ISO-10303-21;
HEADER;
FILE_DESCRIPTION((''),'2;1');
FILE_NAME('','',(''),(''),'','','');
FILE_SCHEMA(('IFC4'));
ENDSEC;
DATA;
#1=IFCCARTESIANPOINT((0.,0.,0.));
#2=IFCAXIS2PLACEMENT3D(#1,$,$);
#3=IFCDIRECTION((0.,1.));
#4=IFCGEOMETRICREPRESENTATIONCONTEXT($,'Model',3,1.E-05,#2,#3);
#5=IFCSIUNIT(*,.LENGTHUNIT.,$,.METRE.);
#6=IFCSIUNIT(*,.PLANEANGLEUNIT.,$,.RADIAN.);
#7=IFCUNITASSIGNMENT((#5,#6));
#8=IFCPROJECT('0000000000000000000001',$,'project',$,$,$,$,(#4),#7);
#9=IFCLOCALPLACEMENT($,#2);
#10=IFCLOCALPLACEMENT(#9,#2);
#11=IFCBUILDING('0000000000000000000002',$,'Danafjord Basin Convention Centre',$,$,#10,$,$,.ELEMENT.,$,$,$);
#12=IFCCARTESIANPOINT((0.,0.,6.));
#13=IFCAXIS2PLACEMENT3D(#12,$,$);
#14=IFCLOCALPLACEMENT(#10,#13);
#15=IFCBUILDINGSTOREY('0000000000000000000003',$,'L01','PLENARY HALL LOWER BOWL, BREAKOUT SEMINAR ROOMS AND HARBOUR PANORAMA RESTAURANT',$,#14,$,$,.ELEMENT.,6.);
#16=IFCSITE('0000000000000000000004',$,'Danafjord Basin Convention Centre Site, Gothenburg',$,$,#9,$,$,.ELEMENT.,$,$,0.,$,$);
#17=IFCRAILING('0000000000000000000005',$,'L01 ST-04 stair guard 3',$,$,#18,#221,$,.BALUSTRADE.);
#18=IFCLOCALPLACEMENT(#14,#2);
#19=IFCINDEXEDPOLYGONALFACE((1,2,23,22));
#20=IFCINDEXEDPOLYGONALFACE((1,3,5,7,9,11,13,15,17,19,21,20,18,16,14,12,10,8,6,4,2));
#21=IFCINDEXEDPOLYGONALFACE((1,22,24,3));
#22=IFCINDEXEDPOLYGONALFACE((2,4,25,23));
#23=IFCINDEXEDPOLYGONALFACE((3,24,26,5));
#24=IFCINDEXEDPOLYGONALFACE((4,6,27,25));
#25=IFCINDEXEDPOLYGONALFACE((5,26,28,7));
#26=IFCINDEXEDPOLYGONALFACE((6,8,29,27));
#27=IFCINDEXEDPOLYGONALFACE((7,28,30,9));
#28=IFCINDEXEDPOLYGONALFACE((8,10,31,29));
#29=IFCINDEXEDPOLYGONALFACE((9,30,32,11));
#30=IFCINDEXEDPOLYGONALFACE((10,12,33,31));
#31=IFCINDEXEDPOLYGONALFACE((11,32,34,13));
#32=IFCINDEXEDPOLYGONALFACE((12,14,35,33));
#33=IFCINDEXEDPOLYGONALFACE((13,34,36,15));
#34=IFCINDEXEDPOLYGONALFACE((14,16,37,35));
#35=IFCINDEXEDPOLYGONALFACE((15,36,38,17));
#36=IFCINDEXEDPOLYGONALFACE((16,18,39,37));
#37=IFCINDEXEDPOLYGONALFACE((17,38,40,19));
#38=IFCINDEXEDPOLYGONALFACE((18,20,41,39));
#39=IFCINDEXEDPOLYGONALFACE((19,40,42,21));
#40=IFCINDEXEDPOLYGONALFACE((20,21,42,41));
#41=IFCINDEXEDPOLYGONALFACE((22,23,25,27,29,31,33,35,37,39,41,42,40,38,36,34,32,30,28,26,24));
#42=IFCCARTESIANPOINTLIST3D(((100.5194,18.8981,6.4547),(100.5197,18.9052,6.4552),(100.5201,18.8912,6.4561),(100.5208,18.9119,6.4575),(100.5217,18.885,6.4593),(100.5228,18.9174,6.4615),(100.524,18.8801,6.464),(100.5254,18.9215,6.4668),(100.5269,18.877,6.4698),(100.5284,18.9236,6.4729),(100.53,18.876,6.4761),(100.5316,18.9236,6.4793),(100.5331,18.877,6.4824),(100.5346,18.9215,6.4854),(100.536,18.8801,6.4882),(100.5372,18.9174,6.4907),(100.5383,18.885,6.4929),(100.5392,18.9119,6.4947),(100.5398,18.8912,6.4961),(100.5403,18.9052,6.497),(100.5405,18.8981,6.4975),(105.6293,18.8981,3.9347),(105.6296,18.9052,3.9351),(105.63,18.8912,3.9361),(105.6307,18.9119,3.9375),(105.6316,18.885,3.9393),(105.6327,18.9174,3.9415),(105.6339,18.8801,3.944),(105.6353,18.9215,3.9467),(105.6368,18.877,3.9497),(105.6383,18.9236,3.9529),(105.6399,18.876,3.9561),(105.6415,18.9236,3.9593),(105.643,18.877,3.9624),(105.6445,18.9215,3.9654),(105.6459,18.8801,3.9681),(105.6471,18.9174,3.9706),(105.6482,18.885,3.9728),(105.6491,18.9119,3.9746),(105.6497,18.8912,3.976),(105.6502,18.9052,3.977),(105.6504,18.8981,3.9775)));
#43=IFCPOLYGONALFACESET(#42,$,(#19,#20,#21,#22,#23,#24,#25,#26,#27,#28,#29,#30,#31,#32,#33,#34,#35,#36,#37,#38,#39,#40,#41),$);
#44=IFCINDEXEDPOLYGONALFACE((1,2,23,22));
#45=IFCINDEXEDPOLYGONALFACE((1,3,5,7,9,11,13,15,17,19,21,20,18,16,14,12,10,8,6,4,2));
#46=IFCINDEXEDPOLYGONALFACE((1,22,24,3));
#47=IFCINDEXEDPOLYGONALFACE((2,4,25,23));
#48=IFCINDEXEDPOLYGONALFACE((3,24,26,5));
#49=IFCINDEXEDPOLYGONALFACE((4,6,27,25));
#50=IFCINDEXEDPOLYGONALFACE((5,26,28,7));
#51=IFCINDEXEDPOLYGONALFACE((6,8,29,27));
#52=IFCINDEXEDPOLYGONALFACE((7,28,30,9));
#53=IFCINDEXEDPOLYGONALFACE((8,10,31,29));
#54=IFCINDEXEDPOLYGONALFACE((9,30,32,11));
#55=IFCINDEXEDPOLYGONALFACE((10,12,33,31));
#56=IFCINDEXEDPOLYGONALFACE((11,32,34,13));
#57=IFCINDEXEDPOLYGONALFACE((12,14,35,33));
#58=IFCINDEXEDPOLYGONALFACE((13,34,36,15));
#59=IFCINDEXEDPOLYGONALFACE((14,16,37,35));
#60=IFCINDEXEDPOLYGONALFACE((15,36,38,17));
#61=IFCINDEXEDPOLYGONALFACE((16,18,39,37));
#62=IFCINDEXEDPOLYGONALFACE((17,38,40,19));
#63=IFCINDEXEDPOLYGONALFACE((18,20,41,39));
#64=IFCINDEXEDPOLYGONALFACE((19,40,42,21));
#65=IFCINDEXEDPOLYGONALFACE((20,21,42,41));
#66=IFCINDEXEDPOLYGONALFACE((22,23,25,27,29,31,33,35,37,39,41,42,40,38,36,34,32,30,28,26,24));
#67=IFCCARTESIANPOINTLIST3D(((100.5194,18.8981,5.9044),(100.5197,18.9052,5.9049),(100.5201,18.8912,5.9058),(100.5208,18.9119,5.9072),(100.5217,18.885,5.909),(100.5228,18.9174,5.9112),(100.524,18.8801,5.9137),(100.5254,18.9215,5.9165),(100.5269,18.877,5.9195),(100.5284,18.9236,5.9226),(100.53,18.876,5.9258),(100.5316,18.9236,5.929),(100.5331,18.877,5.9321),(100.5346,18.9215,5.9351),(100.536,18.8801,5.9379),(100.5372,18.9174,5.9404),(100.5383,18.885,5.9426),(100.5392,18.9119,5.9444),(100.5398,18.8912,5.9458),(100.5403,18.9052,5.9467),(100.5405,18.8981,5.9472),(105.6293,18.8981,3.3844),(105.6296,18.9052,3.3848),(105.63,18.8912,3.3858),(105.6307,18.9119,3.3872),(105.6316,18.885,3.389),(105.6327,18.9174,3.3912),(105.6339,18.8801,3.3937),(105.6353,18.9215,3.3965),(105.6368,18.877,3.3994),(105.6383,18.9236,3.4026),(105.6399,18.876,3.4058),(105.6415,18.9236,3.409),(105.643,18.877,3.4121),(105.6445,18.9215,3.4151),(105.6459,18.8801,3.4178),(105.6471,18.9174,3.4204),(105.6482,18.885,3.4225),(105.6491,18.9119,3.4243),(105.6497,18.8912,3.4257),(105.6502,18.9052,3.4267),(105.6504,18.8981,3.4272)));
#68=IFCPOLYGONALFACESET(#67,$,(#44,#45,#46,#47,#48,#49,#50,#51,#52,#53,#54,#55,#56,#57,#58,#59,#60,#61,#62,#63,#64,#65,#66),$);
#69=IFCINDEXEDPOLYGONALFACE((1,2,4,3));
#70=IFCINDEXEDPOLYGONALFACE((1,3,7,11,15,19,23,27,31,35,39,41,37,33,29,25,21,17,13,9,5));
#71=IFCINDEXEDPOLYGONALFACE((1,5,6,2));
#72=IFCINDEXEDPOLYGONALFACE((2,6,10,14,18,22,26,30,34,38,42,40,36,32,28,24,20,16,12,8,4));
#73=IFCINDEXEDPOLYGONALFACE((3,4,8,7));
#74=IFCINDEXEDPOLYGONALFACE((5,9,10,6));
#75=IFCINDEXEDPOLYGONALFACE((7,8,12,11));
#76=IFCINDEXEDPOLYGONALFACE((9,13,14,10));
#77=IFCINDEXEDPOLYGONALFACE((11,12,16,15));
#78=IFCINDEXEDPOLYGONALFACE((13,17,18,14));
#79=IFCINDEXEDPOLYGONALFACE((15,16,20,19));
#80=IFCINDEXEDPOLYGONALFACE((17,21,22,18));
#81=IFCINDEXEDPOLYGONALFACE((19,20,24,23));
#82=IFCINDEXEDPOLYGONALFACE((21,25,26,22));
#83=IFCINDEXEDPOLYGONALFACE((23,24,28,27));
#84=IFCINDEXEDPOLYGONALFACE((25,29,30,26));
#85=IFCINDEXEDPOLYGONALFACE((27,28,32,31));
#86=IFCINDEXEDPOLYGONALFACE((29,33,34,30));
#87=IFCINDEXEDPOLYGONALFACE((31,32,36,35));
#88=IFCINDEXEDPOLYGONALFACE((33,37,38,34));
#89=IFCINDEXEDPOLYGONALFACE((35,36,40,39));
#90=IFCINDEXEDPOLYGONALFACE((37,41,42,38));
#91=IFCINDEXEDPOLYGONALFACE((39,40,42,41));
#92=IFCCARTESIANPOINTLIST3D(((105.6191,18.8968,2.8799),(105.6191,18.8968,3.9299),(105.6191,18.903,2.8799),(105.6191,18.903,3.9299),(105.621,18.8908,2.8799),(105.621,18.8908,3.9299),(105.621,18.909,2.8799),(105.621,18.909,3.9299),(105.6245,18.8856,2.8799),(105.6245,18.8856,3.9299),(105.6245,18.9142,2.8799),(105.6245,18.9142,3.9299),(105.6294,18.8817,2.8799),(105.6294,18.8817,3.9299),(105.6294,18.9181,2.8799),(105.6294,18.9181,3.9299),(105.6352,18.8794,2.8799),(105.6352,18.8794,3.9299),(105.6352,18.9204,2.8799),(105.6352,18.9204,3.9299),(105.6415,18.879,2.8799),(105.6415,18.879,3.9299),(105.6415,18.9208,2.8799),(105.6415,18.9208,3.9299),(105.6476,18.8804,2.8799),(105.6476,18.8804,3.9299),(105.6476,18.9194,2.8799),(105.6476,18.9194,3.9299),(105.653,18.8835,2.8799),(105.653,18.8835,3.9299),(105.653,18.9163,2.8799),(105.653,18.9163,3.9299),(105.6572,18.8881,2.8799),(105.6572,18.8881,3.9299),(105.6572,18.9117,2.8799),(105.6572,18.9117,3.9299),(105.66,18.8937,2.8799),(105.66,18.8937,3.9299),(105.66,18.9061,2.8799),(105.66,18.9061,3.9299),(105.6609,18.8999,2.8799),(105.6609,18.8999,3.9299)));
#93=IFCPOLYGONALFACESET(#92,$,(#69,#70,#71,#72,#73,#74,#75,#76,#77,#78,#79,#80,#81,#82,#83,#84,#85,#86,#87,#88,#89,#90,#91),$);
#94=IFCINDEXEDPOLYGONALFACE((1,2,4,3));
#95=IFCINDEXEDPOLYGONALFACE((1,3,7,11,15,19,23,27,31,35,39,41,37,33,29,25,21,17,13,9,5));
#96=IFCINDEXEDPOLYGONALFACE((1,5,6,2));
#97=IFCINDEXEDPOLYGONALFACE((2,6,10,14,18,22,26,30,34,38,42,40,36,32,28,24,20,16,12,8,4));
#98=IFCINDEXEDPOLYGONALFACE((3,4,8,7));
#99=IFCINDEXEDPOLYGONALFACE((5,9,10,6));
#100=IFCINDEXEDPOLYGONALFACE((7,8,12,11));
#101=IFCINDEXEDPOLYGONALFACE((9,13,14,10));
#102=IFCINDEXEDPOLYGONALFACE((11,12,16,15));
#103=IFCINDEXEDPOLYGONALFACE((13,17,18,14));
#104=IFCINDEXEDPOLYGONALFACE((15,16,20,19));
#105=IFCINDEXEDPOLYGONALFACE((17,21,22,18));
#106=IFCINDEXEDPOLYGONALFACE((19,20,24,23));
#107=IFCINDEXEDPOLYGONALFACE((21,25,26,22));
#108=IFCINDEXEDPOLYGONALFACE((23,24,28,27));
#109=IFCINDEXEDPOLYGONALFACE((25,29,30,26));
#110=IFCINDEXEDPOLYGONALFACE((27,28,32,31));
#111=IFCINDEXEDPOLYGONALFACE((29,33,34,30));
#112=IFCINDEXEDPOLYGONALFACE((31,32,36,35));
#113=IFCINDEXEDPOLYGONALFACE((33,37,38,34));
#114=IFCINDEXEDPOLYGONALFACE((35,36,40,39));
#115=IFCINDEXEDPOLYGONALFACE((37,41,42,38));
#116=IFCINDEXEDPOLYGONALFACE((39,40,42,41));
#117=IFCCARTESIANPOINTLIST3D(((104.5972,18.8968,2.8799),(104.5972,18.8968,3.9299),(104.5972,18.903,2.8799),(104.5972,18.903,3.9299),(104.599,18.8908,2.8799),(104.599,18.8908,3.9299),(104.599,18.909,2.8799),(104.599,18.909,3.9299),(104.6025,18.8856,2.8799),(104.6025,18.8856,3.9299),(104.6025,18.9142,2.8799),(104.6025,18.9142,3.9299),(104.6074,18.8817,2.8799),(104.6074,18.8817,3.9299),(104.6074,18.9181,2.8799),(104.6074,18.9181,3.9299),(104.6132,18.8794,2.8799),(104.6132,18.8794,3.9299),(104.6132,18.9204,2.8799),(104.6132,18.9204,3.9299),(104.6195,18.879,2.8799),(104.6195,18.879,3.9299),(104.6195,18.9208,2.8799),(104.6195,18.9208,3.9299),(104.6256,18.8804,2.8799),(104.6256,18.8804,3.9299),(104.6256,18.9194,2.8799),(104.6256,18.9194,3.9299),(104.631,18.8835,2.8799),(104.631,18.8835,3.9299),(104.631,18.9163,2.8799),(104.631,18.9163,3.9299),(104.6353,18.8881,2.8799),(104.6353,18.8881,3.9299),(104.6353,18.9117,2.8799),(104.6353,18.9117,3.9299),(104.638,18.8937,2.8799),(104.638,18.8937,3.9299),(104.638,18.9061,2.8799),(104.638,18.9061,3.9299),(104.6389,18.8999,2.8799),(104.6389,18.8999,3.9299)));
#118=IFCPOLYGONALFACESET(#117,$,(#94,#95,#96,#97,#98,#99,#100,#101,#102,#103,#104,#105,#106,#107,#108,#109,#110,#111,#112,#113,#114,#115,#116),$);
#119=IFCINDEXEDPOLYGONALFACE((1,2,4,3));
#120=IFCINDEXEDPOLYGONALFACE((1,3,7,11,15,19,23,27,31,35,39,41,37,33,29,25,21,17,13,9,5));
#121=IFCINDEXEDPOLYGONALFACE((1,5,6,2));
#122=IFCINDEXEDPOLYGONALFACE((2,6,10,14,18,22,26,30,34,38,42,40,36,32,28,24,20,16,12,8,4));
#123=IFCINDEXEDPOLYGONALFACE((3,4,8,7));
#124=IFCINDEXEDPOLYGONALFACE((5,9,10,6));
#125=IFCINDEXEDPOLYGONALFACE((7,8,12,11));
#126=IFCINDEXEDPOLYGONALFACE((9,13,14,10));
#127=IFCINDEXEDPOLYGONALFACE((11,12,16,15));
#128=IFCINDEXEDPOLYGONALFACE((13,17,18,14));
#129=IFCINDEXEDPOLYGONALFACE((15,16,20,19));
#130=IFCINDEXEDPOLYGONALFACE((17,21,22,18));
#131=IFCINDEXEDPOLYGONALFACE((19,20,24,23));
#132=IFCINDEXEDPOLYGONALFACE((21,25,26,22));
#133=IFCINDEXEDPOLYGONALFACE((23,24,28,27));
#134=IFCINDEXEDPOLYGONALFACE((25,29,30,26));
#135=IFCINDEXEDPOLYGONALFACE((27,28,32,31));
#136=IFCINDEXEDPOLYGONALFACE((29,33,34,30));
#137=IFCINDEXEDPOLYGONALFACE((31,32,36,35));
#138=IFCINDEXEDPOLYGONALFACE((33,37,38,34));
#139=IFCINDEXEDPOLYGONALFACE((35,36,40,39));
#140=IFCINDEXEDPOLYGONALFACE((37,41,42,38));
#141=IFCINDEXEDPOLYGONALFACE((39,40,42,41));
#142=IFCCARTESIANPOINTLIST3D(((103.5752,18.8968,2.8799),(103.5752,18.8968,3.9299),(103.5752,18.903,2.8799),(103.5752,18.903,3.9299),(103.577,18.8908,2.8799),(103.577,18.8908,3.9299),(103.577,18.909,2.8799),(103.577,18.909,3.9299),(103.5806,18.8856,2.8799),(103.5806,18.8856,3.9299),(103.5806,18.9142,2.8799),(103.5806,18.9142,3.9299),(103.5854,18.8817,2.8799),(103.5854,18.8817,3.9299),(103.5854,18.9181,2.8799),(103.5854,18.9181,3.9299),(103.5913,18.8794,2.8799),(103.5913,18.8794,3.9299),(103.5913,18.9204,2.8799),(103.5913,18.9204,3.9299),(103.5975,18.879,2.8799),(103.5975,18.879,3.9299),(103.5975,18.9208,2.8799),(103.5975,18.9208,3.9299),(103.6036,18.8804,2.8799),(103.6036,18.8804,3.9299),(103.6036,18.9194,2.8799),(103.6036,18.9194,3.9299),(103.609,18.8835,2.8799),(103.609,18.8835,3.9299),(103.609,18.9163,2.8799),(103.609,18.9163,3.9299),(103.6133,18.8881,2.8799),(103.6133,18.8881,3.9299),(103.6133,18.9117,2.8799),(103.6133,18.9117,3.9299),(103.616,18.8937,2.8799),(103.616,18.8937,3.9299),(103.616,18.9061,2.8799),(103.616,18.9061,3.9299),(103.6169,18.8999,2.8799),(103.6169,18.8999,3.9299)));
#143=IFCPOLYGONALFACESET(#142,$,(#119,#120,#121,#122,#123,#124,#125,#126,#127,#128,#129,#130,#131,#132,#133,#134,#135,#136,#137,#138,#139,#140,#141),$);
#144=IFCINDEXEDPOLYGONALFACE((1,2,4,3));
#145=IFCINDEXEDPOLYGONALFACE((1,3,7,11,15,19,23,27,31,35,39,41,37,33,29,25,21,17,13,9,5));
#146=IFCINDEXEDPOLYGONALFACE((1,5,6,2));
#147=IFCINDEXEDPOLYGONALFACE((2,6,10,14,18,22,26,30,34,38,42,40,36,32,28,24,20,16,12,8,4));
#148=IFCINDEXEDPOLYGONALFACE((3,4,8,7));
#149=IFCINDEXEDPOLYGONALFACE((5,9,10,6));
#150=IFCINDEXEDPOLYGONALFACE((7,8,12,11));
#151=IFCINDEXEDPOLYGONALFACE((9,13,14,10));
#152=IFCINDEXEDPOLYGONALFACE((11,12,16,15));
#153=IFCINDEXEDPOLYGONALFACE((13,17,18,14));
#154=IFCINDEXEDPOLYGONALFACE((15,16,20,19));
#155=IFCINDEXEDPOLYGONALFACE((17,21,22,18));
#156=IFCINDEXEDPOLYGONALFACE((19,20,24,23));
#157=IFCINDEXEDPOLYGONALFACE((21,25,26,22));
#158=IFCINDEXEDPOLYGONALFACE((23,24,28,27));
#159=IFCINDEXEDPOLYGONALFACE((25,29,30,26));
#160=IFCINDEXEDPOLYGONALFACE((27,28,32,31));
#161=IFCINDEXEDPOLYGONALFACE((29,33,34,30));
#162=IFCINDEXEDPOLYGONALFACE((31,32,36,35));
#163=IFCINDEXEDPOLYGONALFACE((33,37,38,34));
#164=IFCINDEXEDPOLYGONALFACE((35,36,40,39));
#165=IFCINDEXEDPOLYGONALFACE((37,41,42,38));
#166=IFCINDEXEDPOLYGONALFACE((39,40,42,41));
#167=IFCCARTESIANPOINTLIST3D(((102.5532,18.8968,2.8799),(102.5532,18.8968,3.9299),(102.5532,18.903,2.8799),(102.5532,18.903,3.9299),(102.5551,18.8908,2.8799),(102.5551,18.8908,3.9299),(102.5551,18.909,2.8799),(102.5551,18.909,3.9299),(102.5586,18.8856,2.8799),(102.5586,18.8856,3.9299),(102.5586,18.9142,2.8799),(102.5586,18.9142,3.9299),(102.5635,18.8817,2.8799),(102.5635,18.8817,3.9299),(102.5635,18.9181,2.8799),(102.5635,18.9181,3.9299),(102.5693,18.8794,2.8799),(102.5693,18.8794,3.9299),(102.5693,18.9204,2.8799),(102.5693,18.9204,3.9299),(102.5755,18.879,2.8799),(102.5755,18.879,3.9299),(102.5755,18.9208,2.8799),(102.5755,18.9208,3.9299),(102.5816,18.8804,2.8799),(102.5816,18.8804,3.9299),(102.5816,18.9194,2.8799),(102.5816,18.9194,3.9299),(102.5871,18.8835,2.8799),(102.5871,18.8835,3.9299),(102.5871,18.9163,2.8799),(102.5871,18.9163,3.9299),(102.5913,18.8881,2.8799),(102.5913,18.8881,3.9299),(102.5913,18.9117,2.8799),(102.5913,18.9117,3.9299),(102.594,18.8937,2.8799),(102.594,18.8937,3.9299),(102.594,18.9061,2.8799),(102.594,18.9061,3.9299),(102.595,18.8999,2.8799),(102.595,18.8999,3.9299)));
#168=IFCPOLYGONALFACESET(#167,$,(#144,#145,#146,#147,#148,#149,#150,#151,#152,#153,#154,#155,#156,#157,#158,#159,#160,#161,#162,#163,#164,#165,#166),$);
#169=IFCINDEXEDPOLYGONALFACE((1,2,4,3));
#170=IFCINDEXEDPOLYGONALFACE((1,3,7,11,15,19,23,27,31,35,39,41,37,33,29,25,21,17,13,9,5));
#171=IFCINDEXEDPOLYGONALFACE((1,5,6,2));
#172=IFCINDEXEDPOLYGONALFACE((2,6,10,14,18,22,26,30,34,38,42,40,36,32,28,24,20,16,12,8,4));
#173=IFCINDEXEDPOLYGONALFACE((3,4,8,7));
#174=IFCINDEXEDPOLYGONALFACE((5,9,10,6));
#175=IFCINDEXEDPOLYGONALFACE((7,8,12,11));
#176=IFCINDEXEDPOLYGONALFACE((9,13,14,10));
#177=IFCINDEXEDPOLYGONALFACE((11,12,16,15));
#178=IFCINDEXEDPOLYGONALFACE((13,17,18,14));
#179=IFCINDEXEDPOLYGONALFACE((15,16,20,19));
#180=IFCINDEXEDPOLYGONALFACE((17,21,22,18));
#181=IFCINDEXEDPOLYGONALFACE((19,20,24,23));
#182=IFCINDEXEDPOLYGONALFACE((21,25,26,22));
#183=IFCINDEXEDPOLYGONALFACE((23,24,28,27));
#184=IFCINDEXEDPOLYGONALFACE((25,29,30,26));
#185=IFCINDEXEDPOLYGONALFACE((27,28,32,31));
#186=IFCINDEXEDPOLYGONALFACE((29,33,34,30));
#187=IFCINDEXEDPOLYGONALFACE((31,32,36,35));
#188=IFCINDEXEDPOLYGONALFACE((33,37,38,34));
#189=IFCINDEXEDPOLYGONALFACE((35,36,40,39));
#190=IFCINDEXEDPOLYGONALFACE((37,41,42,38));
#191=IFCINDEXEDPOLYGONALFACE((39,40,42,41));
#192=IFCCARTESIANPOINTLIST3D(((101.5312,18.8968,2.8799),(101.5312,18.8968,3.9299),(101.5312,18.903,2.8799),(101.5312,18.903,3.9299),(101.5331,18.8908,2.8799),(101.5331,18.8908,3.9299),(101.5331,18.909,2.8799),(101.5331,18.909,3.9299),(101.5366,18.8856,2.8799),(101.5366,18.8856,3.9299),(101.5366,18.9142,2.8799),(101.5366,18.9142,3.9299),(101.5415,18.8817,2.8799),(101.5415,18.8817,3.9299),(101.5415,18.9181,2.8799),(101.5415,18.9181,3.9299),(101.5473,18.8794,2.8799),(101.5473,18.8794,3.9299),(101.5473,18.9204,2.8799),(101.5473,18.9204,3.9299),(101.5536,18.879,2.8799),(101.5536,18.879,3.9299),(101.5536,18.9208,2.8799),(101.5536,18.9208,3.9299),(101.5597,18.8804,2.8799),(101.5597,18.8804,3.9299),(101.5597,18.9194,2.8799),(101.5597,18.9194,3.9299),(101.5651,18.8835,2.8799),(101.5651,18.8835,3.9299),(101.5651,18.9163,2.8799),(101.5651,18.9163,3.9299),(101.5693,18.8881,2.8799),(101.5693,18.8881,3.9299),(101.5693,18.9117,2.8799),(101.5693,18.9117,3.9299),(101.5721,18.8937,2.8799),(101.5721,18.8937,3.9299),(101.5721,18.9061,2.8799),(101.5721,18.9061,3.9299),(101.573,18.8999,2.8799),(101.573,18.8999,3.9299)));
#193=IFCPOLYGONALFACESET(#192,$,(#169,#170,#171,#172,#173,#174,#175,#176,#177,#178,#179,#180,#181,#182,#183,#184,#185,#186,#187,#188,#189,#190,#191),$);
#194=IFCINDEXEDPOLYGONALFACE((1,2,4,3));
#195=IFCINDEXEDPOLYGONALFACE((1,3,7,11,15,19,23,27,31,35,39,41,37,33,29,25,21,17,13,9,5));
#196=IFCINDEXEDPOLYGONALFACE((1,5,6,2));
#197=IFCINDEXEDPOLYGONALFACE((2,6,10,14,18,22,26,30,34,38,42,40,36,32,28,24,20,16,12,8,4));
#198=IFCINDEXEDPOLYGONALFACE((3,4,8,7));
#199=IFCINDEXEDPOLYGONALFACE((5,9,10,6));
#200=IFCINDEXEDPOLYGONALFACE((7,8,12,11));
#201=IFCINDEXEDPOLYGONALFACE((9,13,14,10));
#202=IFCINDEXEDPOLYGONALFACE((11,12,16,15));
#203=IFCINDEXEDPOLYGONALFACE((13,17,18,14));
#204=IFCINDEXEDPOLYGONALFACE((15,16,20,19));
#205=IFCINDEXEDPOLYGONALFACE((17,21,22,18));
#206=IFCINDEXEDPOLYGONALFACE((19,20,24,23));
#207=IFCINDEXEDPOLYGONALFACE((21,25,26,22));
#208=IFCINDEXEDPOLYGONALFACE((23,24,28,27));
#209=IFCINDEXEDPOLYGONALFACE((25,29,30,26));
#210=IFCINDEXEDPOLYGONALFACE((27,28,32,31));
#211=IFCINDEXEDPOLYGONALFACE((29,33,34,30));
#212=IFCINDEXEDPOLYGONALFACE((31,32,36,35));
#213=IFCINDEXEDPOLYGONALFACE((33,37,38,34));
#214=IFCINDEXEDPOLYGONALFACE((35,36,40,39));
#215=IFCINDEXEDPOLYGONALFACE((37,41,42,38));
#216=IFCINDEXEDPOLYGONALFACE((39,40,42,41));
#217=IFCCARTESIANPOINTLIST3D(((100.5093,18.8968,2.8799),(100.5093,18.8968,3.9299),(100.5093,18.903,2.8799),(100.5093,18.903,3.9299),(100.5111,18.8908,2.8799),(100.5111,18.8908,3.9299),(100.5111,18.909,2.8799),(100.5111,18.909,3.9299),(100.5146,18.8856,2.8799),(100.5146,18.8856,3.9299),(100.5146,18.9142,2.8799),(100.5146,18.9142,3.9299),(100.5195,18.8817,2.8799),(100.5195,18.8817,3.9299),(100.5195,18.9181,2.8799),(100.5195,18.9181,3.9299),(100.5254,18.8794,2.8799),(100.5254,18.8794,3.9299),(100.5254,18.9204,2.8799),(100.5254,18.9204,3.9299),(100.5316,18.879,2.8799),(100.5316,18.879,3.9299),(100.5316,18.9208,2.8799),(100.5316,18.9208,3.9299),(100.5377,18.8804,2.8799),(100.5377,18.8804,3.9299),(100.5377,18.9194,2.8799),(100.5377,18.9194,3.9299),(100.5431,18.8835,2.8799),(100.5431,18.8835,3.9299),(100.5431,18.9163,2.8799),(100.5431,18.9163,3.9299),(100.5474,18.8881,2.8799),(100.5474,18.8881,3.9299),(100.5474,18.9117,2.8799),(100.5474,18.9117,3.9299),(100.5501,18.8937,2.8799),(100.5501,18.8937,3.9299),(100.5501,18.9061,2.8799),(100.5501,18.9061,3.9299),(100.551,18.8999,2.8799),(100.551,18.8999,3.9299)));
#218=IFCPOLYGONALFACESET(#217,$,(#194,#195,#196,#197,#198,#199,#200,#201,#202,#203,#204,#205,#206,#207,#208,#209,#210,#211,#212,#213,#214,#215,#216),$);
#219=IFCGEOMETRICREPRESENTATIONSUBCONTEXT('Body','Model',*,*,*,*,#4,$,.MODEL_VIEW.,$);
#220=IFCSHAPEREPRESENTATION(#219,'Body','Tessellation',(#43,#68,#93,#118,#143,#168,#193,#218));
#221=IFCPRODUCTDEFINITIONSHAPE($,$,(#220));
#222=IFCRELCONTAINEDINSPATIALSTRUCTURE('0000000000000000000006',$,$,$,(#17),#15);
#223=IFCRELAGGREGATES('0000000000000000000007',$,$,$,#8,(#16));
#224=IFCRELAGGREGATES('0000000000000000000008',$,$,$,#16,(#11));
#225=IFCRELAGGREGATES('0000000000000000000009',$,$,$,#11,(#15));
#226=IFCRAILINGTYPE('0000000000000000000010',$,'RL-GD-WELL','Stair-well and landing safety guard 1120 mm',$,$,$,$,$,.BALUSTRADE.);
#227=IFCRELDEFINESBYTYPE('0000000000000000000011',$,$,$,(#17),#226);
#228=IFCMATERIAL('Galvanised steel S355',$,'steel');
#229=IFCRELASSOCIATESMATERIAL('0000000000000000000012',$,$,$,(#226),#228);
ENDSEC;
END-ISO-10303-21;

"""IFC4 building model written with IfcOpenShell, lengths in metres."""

from ifc_helpers import new_model, si_unit, direction, frame, origin, origin_2d, place, context, subcontext, project, spatial, circle, extrude, material, type_object, element, save


model = new_model("IFC4")

# Units and contexts
model_context = context("Model", 3, precision=1e-05, world=origin(), true_north=direction((0.0, 1.0)))
body_context = subcontext(model_context, "Body", "Model", "MODEL_VIEW")
ifc_project = project(units=[si_unit("LENGTHUNIT", "METRE"), si_unit("PLANEANGLEUNIT", "RADIAN")], contexts=[model_context])

# Site, building, storey
site_placement = place(None, origin())
site = spatial("IfcSite", under=ifc_project, at=site_placement, Name="Danafjord Basin Convention Centre Site, Gothenburg", CompositionType="ELEMENT", RefElevation=0.0)
building_placement = place(site_placement, origin())
building = spatial("IfcBuilding", under=site, at=building_placement, Name="Danafjord Basin Convention Centre", CompositionType="ELEMENT")
storey_placement = place(building_placement, frame((0.0, 0.0, 6.0)))
storey = spatial("IfcBuildingStorey", under=building, at=storey_placement, Name="L01", Description="PLENARY HALL LOWER BOWL, BREAKOUT SEMINAR ROOMS AND HARBOUR PANORAMA RESTAURANT", CompositionType="ELEMENT", Elevation=6.0)

# Railing
ifc_material_1 = material(Name="Galvanised steel S355", Category="steel")
railing_type_1 = type_object("IfcRailingType", Name="RL-GD-WELL", Description="Stair-well and landing safety guard 1120 mm", PredefinedType="BALUSTRADE", material=ifc_material_1)
railing_1_placement = place(storey_placement, frame((105.6399, 18.8999, 2.8799)))
element("IfcRailing", 1, at=railing_1_placement, inside=storey, type_object=railing_type_1, Name="L01 ST-04 stair guard 3", PredefinedType="BALUSTRADE", context=body_context, shape_type="SweptSolid", body=[
    extrude(circle(Radius=0.0239, at=origin_2d()), frame((0.0, 0.0, 1.0762), z_axis=(-0.896865, 0.0, 0.442305), x_axis=(0.0, -1.0, 0.0)), (0.0, 0.0, 1.0), 5.6975),
    extrude(circle(Radius=0.0239, at=origin_2d()), frame((0.0, 0.0, 0.5259), z_axis=(-0.896865, 0.0, 0.442305), x_axis=(0.0, -1.0, 0.0)), (0.0, 0.0, 1.0), 5.6975),
    extrude(circle(Radius=0.021, at=origin_2d()), origin(), (0.0, 0.0, 1.0), 1.05),
    extrude(circle(Radius=0.021, at=origin_2d()), frame((-1.022, 0.0, 0.0)), (0.0, 0.0, 1.0), 1.05),
    extrude(circle(Radius=0.021, at=origin_2d()), frame((-2.0439, 0.0, 0.0)), (0.0, 0.0, 1.0), 1.05),
    extrude(circle(Radius=0.021, at=origin_2d()), frame((-3.0659, 0.0, 0.0)), (0.0, 0.0, 1.0), 1.05),
    extrude(circle(Radius=0.021, at=origin_2d()), frame((-4.0879, 0.0, 0.0)), (0.0, 0.0, 1.0), 1.05),
    extrude(circle(Radius=0.021, at=origin_2d()), frame((-5.1099, 0.0, 0.0)), (0.0, 0.0, 1.0), 1.05),
])

save(model, "model.ifc")
